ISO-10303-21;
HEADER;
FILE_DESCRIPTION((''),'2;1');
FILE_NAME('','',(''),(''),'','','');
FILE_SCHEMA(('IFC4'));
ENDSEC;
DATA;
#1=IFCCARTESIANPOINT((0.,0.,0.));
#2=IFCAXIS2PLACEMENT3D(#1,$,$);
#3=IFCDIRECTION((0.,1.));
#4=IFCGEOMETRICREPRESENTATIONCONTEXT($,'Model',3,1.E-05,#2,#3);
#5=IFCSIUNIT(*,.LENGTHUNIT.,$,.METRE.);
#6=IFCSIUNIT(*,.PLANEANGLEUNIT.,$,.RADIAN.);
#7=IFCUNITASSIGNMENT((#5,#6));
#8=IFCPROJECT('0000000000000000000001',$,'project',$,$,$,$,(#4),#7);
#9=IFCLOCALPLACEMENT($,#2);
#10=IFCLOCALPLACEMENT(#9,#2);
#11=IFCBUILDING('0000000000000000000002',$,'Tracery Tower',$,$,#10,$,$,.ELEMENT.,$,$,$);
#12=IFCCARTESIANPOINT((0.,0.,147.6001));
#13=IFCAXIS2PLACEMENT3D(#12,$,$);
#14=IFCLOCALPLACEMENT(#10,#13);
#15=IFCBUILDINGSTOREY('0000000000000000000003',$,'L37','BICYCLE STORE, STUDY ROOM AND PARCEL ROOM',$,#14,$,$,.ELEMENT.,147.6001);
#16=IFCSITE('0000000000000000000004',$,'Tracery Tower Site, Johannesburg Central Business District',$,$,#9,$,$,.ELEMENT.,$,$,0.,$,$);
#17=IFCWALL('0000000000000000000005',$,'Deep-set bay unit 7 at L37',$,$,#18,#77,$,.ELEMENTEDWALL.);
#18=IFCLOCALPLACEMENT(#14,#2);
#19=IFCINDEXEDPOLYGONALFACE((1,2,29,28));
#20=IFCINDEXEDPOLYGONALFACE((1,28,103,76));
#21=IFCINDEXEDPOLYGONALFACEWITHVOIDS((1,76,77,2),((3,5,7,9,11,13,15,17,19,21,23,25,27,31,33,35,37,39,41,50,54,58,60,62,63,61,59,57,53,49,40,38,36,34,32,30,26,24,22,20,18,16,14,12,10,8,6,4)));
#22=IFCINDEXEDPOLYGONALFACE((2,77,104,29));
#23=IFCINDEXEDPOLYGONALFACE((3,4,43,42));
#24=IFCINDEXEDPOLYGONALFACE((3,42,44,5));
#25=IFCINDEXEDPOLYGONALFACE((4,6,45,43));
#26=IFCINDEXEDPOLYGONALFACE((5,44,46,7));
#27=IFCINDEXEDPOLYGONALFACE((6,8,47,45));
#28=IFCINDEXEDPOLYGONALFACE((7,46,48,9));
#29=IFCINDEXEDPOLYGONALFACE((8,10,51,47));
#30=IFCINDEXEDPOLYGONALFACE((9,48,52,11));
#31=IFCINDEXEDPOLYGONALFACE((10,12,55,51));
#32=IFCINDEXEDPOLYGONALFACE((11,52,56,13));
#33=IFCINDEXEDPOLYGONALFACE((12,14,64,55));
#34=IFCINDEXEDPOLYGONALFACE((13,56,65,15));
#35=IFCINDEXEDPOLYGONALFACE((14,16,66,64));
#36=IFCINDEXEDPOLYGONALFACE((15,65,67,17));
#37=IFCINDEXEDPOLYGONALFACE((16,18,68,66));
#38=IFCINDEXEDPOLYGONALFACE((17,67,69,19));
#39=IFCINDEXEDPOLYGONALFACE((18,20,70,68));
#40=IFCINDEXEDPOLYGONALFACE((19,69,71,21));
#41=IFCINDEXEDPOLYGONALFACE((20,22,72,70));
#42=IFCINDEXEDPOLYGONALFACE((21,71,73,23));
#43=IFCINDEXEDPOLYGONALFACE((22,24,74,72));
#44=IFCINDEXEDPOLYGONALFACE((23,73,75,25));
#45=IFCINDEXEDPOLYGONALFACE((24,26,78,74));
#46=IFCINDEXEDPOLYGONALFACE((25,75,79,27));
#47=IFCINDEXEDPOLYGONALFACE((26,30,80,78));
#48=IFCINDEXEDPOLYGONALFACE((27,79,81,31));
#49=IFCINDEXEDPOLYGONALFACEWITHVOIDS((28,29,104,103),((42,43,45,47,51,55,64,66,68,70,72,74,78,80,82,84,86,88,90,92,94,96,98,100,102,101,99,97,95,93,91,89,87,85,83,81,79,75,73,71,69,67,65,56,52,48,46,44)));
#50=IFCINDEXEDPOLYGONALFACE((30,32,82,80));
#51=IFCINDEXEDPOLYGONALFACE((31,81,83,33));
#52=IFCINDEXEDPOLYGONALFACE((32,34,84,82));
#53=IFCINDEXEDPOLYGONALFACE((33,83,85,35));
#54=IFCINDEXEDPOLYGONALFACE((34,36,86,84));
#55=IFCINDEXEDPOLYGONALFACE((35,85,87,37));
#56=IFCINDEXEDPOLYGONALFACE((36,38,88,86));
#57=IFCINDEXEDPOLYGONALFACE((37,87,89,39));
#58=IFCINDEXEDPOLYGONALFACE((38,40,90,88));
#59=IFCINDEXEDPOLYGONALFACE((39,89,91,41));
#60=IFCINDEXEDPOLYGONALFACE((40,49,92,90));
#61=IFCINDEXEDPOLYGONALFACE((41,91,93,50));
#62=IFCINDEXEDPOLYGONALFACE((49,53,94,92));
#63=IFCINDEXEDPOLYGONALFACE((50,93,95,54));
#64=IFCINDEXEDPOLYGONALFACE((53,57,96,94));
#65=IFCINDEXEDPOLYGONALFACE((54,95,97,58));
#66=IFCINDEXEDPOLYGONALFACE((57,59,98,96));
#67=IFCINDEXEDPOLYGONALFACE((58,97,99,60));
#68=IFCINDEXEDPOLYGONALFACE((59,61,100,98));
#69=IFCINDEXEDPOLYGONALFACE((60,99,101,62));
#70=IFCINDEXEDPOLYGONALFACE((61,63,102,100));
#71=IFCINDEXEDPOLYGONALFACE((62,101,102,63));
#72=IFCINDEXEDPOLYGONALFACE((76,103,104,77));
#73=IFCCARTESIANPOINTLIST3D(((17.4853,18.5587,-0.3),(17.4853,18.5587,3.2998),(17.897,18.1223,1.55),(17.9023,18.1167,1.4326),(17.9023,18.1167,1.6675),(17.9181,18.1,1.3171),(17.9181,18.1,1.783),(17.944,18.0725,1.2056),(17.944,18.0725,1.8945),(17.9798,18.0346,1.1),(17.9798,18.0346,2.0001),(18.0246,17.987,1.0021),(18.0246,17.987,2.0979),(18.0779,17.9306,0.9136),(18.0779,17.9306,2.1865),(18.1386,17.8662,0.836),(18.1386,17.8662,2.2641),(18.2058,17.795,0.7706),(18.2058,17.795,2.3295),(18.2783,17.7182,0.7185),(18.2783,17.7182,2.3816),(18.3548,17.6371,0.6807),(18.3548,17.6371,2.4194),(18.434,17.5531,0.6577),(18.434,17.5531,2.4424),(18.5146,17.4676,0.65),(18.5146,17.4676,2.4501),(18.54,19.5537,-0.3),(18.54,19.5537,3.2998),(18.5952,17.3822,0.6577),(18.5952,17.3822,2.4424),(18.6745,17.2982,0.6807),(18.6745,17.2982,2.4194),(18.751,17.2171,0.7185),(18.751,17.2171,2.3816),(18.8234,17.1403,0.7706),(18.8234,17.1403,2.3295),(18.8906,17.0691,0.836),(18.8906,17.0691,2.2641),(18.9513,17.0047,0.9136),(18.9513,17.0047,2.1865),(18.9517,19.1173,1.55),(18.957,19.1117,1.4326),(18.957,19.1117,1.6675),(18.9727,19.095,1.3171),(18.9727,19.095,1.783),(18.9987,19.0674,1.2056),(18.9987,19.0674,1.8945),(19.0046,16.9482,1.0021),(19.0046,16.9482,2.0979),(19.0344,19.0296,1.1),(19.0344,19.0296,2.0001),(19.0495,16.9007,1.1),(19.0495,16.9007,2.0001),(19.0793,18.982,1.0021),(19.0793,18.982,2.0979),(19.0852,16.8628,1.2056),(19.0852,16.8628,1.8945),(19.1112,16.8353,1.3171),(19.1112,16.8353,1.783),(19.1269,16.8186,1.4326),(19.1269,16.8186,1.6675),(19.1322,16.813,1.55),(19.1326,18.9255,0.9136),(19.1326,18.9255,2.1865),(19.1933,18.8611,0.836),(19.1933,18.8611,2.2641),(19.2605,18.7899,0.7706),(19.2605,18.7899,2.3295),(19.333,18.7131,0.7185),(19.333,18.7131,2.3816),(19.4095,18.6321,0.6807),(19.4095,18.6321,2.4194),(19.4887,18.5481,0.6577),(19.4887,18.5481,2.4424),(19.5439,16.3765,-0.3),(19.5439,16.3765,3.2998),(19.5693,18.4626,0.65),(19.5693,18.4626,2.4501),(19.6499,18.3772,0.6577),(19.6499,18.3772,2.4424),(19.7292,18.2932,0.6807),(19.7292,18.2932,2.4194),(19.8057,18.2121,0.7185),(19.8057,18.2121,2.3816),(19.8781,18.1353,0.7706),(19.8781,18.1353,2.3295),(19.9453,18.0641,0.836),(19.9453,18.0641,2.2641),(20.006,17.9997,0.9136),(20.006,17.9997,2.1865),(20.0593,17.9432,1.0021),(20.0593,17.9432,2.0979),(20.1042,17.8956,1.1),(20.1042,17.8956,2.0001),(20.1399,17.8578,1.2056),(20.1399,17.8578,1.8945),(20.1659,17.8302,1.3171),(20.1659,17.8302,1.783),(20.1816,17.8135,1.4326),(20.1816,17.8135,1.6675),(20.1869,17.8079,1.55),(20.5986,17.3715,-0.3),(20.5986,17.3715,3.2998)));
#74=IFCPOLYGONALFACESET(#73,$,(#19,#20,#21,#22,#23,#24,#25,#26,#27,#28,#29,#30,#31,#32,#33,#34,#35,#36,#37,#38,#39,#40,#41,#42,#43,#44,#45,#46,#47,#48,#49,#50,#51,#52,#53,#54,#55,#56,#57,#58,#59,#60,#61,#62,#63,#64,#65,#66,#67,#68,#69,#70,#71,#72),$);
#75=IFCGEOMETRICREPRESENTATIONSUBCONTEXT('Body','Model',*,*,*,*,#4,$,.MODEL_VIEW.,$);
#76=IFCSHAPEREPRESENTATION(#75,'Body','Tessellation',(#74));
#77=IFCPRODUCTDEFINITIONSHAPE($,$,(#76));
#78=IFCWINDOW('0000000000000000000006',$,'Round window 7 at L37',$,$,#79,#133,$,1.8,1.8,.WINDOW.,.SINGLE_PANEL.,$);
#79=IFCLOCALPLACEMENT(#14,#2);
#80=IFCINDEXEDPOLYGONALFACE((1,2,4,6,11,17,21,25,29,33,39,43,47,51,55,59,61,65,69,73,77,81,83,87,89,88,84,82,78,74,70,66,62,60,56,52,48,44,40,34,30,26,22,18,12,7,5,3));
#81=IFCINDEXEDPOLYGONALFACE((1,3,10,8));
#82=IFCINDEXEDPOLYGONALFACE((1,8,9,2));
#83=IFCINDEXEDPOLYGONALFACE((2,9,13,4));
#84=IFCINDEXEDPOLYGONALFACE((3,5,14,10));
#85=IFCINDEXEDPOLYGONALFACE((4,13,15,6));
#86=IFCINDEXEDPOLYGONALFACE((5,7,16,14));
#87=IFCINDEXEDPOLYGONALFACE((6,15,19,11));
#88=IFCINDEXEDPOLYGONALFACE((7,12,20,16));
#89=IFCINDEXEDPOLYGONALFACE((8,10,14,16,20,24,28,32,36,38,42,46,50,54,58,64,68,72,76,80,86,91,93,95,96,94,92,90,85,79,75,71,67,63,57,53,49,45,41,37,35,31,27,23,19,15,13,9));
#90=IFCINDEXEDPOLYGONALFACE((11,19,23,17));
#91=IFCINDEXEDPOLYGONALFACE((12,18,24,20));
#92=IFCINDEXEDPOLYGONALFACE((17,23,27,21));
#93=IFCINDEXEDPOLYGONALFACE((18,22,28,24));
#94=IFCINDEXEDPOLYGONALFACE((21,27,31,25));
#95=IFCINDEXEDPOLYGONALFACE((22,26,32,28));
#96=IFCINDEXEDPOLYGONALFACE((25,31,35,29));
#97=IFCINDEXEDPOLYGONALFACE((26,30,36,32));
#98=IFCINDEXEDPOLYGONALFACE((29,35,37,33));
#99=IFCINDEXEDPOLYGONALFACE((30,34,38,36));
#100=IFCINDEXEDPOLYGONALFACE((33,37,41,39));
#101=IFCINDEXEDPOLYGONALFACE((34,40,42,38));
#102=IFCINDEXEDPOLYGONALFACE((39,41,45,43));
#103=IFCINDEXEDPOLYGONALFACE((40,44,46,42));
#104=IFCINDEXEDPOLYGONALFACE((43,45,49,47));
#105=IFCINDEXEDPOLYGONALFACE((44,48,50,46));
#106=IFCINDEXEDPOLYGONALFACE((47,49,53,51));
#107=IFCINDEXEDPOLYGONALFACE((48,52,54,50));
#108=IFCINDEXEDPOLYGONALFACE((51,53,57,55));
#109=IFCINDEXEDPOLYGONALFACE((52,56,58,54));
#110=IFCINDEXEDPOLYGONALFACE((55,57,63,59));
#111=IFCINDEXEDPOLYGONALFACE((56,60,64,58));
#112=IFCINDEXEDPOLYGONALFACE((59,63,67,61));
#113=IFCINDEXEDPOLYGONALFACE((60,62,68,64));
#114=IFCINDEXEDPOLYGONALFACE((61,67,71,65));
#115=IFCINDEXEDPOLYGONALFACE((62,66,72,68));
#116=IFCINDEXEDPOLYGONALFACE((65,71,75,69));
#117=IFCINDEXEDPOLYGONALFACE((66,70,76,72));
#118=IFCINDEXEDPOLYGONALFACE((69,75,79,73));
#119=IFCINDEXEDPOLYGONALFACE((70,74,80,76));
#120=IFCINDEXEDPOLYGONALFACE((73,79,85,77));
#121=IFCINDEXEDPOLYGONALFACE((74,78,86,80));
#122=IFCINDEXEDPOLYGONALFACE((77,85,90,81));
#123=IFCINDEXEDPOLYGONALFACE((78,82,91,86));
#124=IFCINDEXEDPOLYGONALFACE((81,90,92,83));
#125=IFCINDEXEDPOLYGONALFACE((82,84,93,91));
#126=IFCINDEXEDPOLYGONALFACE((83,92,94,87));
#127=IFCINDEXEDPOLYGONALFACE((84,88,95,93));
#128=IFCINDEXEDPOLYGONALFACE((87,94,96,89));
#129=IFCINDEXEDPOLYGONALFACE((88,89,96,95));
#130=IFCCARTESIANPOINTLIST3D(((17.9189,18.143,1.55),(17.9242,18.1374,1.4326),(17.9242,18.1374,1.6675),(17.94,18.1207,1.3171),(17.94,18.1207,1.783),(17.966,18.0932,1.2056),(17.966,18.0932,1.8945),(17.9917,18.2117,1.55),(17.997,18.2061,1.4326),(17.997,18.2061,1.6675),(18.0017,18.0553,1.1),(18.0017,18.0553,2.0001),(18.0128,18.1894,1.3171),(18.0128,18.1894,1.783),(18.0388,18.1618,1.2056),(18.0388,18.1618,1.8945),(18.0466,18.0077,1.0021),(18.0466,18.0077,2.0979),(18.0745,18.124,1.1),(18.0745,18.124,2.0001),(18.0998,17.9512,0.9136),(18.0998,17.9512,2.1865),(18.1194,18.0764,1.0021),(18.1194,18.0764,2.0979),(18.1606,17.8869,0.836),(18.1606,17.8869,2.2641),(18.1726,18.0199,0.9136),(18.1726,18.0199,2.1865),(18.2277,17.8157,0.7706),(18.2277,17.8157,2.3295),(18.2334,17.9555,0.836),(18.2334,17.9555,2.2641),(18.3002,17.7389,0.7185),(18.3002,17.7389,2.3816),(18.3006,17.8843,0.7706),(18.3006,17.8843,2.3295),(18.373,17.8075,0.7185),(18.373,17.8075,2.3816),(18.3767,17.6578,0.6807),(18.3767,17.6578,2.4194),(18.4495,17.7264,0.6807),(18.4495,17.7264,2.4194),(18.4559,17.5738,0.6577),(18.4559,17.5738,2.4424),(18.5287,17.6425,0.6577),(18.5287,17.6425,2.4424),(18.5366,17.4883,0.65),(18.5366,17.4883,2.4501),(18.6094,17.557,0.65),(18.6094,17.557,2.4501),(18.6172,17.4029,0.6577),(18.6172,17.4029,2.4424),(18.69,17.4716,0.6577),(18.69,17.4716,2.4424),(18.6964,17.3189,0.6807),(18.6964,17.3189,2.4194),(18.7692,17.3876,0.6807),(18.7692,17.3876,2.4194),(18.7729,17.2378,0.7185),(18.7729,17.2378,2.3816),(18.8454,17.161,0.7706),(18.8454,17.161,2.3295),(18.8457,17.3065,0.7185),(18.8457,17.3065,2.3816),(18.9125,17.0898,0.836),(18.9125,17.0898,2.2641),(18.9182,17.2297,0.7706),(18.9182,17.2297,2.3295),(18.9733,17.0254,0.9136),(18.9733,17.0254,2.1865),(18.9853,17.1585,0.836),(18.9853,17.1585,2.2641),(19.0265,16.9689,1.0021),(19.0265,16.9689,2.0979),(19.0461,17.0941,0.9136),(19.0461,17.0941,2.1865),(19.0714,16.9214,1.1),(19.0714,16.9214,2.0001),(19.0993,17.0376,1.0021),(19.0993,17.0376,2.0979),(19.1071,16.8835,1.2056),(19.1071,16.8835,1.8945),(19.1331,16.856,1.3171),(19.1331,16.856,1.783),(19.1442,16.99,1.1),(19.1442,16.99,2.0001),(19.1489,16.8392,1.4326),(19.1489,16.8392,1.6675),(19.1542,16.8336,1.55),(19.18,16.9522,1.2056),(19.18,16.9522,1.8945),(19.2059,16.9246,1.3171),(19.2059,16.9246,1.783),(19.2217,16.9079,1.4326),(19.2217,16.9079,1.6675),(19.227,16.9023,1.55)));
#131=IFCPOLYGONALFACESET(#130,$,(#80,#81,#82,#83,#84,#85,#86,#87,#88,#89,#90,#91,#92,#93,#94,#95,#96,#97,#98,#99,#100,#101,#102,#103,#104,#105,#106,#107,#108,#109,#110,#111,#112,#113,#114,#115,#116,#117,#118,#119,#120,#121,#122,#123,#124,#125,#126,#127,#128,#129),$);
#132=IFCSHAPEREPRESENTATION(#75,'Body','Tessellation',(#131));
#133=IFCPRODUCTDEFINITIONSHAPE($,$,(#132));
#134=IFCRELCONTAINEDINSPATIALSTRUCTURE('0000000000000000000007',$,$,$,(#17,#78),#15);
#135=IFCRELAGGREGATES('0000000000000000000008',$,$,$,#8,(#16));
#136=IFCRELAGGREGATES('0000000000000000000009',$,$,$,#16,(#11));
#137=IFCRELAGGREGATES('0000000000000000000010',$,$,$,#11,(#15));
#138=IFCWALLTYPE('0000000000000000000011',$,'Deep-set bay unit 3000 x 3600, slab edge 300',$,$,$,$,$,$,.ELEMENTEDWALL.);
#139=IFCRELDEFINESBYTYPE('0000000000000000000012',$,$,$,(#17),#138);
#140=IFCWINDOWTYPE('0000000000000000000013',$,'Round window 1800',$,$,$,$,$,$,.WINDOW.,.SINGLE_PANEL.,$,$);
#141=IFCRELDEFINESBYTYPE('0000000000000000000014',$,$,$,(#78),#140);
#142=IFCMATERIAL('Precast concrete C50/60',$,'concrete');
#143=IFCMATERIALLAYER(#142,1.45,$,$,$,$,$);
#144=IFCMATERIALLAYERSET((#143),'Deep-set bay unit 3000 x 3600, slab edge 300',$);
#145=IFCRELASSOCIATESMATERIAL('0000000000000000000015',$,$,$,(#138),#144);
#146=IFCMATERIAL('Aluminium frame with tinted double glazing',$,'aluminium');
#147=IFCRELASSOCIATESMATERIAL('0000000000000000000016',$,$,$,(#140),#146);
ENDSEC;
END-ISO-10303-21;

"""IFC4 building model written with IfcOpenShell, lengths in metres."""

from ifc_helpers import new_model, si_unit, direction, frame, frame_2d, origin, origin_2d, place, context, subcontext, project, spatial, rectangle, circle, extrude, material, layer, layer_set, type_object, element, fill, save


model = new_model("IFC4")

# Units and contexts
model_context = context("Model", 3, precision=1e-05, world=origin(), true_north=direction((0.0, 1.0)))
body_context = subcontext(model_context, "Body", "Model", "MODEL_VIEW")
ifc_project = project(units=[si_unit("LENGTHUNIT", "METRE"), si_unit("PLANEANGLEUNIT", "RADIAN")], contexts=[model_context])

# Site, building, storey
site_placement = place(None, origin())
site = spatial("IfcSite", under=ifc_project, at=site_placement, Name="Tracery Tower Site, Johannesburg Central Business District", CompositionType="ELEMENT", RefElevation=0.0)
building_placement = place(site_placement, origin())
building = spatial("IfcBuilding", under=site, at=building_placement, Name="Tracery Tower", CompositionType="ELEMENT")
storey_placement = place(building_placement, frame((0.0, 0.0, 147.6001)))
storey = spatial("IfcBuildingStorey", under=building, at=storey_placement, Name="L37", Description="BICYCLE STORE, STUDY ROOM AND PARCEL ROOM", CompositionType="ELEMENT", Elevation=147.6001)

# Wall, opening, window
ifc_material_1 = material(Name="Precast concrete C50/60", Category="concrete")
ifc_layer_1 = layer(ifc_material_1, 1.45)
ifc_layer_set_1 = layer_set([ifc_layer_1], Name="Deep-set bay unit 3000 x 3600, slab edge 300")
wall_type_1 = type_object("IfcWallType", Name="Deep-set bay unit 3000 x 3600, slab edge 300", PredefinedType="ELEMENTEDWALL", material=ifc_layer_set_1)
wall_1_placement = place(storey_placement, frame((20.0713, 16.874, -0.3), z_axis=(0.0, 0.0, 1.0), x_axis=(-0.686217, 0.727397, 0.0)))
wall_1 = element("IfcWall", 1, at=wall_1_placement, inside=storey, type_object=wall_type_1, Name="Deep-set bay unit 7 at L37", PredefinedType="ELEMENTEDWALL", context=body_context, shape_type="SweptSolid", body=[
    extrude(rectangle(XDim=3.0, YDim=1.45, at=frame_2d((1.5, 0.0))), origin(), (0.0, 0.0, 1.0), 3.5999),
])
opening_1_placement = place(wall_1_placement, frame((1.5, 0.0, 1.8501)))
opening_1 = element("IfcOpeningElement", 2, at=opening_1_placement, cuts=wall_1, PredefinedType="OPENING", context=body_context, shape_type="SweptSolid", body=[
    extrude(circle(Radius=0.9, at=origin_2d()), frame((0.0, 0.7349, 0.0), z_axis=(0.0, -1.0, 0.0), x_axis=(1.0, 0.0, 0.0)), (0.0, 0.0, 1.0), 1.47),
])
ifc_material_2 = material(Name="Aluminium frame with tinted double glazing", Category="aluminium")
window_type = type_object("IfcWindowType", Name="Round window 1800", PartitioningType="SINGLE_PANEL", PredefinedType="WINDOW", material=ifc_material_2)
window_1_placement = place(opening_1_placement, origin())
window_1 = element("IfcWindow", 3, at=window_1_placement, inside=storey, type_object=window_type, Name="Round window 7 at L37", OverallHeight=1.8, OverallWidth=1.8, PartitioningType="SINGLE_PANEL", PredefinedType="WINDOW", context=body_context, shape_type="SweptSolid", body=[
    extrude(circle(Radius=0.9, at=origin_2d()), frame((0.0, 0.6948, 0.0), z_axis=(0.0, -1.0, 0.0), x_axis=(1.0, 0.0, 0.0)), (0.0, 0.0, 1.0), 0.1001),
])
fill(opening_1, window_1)

save(model, "model.ifc")
